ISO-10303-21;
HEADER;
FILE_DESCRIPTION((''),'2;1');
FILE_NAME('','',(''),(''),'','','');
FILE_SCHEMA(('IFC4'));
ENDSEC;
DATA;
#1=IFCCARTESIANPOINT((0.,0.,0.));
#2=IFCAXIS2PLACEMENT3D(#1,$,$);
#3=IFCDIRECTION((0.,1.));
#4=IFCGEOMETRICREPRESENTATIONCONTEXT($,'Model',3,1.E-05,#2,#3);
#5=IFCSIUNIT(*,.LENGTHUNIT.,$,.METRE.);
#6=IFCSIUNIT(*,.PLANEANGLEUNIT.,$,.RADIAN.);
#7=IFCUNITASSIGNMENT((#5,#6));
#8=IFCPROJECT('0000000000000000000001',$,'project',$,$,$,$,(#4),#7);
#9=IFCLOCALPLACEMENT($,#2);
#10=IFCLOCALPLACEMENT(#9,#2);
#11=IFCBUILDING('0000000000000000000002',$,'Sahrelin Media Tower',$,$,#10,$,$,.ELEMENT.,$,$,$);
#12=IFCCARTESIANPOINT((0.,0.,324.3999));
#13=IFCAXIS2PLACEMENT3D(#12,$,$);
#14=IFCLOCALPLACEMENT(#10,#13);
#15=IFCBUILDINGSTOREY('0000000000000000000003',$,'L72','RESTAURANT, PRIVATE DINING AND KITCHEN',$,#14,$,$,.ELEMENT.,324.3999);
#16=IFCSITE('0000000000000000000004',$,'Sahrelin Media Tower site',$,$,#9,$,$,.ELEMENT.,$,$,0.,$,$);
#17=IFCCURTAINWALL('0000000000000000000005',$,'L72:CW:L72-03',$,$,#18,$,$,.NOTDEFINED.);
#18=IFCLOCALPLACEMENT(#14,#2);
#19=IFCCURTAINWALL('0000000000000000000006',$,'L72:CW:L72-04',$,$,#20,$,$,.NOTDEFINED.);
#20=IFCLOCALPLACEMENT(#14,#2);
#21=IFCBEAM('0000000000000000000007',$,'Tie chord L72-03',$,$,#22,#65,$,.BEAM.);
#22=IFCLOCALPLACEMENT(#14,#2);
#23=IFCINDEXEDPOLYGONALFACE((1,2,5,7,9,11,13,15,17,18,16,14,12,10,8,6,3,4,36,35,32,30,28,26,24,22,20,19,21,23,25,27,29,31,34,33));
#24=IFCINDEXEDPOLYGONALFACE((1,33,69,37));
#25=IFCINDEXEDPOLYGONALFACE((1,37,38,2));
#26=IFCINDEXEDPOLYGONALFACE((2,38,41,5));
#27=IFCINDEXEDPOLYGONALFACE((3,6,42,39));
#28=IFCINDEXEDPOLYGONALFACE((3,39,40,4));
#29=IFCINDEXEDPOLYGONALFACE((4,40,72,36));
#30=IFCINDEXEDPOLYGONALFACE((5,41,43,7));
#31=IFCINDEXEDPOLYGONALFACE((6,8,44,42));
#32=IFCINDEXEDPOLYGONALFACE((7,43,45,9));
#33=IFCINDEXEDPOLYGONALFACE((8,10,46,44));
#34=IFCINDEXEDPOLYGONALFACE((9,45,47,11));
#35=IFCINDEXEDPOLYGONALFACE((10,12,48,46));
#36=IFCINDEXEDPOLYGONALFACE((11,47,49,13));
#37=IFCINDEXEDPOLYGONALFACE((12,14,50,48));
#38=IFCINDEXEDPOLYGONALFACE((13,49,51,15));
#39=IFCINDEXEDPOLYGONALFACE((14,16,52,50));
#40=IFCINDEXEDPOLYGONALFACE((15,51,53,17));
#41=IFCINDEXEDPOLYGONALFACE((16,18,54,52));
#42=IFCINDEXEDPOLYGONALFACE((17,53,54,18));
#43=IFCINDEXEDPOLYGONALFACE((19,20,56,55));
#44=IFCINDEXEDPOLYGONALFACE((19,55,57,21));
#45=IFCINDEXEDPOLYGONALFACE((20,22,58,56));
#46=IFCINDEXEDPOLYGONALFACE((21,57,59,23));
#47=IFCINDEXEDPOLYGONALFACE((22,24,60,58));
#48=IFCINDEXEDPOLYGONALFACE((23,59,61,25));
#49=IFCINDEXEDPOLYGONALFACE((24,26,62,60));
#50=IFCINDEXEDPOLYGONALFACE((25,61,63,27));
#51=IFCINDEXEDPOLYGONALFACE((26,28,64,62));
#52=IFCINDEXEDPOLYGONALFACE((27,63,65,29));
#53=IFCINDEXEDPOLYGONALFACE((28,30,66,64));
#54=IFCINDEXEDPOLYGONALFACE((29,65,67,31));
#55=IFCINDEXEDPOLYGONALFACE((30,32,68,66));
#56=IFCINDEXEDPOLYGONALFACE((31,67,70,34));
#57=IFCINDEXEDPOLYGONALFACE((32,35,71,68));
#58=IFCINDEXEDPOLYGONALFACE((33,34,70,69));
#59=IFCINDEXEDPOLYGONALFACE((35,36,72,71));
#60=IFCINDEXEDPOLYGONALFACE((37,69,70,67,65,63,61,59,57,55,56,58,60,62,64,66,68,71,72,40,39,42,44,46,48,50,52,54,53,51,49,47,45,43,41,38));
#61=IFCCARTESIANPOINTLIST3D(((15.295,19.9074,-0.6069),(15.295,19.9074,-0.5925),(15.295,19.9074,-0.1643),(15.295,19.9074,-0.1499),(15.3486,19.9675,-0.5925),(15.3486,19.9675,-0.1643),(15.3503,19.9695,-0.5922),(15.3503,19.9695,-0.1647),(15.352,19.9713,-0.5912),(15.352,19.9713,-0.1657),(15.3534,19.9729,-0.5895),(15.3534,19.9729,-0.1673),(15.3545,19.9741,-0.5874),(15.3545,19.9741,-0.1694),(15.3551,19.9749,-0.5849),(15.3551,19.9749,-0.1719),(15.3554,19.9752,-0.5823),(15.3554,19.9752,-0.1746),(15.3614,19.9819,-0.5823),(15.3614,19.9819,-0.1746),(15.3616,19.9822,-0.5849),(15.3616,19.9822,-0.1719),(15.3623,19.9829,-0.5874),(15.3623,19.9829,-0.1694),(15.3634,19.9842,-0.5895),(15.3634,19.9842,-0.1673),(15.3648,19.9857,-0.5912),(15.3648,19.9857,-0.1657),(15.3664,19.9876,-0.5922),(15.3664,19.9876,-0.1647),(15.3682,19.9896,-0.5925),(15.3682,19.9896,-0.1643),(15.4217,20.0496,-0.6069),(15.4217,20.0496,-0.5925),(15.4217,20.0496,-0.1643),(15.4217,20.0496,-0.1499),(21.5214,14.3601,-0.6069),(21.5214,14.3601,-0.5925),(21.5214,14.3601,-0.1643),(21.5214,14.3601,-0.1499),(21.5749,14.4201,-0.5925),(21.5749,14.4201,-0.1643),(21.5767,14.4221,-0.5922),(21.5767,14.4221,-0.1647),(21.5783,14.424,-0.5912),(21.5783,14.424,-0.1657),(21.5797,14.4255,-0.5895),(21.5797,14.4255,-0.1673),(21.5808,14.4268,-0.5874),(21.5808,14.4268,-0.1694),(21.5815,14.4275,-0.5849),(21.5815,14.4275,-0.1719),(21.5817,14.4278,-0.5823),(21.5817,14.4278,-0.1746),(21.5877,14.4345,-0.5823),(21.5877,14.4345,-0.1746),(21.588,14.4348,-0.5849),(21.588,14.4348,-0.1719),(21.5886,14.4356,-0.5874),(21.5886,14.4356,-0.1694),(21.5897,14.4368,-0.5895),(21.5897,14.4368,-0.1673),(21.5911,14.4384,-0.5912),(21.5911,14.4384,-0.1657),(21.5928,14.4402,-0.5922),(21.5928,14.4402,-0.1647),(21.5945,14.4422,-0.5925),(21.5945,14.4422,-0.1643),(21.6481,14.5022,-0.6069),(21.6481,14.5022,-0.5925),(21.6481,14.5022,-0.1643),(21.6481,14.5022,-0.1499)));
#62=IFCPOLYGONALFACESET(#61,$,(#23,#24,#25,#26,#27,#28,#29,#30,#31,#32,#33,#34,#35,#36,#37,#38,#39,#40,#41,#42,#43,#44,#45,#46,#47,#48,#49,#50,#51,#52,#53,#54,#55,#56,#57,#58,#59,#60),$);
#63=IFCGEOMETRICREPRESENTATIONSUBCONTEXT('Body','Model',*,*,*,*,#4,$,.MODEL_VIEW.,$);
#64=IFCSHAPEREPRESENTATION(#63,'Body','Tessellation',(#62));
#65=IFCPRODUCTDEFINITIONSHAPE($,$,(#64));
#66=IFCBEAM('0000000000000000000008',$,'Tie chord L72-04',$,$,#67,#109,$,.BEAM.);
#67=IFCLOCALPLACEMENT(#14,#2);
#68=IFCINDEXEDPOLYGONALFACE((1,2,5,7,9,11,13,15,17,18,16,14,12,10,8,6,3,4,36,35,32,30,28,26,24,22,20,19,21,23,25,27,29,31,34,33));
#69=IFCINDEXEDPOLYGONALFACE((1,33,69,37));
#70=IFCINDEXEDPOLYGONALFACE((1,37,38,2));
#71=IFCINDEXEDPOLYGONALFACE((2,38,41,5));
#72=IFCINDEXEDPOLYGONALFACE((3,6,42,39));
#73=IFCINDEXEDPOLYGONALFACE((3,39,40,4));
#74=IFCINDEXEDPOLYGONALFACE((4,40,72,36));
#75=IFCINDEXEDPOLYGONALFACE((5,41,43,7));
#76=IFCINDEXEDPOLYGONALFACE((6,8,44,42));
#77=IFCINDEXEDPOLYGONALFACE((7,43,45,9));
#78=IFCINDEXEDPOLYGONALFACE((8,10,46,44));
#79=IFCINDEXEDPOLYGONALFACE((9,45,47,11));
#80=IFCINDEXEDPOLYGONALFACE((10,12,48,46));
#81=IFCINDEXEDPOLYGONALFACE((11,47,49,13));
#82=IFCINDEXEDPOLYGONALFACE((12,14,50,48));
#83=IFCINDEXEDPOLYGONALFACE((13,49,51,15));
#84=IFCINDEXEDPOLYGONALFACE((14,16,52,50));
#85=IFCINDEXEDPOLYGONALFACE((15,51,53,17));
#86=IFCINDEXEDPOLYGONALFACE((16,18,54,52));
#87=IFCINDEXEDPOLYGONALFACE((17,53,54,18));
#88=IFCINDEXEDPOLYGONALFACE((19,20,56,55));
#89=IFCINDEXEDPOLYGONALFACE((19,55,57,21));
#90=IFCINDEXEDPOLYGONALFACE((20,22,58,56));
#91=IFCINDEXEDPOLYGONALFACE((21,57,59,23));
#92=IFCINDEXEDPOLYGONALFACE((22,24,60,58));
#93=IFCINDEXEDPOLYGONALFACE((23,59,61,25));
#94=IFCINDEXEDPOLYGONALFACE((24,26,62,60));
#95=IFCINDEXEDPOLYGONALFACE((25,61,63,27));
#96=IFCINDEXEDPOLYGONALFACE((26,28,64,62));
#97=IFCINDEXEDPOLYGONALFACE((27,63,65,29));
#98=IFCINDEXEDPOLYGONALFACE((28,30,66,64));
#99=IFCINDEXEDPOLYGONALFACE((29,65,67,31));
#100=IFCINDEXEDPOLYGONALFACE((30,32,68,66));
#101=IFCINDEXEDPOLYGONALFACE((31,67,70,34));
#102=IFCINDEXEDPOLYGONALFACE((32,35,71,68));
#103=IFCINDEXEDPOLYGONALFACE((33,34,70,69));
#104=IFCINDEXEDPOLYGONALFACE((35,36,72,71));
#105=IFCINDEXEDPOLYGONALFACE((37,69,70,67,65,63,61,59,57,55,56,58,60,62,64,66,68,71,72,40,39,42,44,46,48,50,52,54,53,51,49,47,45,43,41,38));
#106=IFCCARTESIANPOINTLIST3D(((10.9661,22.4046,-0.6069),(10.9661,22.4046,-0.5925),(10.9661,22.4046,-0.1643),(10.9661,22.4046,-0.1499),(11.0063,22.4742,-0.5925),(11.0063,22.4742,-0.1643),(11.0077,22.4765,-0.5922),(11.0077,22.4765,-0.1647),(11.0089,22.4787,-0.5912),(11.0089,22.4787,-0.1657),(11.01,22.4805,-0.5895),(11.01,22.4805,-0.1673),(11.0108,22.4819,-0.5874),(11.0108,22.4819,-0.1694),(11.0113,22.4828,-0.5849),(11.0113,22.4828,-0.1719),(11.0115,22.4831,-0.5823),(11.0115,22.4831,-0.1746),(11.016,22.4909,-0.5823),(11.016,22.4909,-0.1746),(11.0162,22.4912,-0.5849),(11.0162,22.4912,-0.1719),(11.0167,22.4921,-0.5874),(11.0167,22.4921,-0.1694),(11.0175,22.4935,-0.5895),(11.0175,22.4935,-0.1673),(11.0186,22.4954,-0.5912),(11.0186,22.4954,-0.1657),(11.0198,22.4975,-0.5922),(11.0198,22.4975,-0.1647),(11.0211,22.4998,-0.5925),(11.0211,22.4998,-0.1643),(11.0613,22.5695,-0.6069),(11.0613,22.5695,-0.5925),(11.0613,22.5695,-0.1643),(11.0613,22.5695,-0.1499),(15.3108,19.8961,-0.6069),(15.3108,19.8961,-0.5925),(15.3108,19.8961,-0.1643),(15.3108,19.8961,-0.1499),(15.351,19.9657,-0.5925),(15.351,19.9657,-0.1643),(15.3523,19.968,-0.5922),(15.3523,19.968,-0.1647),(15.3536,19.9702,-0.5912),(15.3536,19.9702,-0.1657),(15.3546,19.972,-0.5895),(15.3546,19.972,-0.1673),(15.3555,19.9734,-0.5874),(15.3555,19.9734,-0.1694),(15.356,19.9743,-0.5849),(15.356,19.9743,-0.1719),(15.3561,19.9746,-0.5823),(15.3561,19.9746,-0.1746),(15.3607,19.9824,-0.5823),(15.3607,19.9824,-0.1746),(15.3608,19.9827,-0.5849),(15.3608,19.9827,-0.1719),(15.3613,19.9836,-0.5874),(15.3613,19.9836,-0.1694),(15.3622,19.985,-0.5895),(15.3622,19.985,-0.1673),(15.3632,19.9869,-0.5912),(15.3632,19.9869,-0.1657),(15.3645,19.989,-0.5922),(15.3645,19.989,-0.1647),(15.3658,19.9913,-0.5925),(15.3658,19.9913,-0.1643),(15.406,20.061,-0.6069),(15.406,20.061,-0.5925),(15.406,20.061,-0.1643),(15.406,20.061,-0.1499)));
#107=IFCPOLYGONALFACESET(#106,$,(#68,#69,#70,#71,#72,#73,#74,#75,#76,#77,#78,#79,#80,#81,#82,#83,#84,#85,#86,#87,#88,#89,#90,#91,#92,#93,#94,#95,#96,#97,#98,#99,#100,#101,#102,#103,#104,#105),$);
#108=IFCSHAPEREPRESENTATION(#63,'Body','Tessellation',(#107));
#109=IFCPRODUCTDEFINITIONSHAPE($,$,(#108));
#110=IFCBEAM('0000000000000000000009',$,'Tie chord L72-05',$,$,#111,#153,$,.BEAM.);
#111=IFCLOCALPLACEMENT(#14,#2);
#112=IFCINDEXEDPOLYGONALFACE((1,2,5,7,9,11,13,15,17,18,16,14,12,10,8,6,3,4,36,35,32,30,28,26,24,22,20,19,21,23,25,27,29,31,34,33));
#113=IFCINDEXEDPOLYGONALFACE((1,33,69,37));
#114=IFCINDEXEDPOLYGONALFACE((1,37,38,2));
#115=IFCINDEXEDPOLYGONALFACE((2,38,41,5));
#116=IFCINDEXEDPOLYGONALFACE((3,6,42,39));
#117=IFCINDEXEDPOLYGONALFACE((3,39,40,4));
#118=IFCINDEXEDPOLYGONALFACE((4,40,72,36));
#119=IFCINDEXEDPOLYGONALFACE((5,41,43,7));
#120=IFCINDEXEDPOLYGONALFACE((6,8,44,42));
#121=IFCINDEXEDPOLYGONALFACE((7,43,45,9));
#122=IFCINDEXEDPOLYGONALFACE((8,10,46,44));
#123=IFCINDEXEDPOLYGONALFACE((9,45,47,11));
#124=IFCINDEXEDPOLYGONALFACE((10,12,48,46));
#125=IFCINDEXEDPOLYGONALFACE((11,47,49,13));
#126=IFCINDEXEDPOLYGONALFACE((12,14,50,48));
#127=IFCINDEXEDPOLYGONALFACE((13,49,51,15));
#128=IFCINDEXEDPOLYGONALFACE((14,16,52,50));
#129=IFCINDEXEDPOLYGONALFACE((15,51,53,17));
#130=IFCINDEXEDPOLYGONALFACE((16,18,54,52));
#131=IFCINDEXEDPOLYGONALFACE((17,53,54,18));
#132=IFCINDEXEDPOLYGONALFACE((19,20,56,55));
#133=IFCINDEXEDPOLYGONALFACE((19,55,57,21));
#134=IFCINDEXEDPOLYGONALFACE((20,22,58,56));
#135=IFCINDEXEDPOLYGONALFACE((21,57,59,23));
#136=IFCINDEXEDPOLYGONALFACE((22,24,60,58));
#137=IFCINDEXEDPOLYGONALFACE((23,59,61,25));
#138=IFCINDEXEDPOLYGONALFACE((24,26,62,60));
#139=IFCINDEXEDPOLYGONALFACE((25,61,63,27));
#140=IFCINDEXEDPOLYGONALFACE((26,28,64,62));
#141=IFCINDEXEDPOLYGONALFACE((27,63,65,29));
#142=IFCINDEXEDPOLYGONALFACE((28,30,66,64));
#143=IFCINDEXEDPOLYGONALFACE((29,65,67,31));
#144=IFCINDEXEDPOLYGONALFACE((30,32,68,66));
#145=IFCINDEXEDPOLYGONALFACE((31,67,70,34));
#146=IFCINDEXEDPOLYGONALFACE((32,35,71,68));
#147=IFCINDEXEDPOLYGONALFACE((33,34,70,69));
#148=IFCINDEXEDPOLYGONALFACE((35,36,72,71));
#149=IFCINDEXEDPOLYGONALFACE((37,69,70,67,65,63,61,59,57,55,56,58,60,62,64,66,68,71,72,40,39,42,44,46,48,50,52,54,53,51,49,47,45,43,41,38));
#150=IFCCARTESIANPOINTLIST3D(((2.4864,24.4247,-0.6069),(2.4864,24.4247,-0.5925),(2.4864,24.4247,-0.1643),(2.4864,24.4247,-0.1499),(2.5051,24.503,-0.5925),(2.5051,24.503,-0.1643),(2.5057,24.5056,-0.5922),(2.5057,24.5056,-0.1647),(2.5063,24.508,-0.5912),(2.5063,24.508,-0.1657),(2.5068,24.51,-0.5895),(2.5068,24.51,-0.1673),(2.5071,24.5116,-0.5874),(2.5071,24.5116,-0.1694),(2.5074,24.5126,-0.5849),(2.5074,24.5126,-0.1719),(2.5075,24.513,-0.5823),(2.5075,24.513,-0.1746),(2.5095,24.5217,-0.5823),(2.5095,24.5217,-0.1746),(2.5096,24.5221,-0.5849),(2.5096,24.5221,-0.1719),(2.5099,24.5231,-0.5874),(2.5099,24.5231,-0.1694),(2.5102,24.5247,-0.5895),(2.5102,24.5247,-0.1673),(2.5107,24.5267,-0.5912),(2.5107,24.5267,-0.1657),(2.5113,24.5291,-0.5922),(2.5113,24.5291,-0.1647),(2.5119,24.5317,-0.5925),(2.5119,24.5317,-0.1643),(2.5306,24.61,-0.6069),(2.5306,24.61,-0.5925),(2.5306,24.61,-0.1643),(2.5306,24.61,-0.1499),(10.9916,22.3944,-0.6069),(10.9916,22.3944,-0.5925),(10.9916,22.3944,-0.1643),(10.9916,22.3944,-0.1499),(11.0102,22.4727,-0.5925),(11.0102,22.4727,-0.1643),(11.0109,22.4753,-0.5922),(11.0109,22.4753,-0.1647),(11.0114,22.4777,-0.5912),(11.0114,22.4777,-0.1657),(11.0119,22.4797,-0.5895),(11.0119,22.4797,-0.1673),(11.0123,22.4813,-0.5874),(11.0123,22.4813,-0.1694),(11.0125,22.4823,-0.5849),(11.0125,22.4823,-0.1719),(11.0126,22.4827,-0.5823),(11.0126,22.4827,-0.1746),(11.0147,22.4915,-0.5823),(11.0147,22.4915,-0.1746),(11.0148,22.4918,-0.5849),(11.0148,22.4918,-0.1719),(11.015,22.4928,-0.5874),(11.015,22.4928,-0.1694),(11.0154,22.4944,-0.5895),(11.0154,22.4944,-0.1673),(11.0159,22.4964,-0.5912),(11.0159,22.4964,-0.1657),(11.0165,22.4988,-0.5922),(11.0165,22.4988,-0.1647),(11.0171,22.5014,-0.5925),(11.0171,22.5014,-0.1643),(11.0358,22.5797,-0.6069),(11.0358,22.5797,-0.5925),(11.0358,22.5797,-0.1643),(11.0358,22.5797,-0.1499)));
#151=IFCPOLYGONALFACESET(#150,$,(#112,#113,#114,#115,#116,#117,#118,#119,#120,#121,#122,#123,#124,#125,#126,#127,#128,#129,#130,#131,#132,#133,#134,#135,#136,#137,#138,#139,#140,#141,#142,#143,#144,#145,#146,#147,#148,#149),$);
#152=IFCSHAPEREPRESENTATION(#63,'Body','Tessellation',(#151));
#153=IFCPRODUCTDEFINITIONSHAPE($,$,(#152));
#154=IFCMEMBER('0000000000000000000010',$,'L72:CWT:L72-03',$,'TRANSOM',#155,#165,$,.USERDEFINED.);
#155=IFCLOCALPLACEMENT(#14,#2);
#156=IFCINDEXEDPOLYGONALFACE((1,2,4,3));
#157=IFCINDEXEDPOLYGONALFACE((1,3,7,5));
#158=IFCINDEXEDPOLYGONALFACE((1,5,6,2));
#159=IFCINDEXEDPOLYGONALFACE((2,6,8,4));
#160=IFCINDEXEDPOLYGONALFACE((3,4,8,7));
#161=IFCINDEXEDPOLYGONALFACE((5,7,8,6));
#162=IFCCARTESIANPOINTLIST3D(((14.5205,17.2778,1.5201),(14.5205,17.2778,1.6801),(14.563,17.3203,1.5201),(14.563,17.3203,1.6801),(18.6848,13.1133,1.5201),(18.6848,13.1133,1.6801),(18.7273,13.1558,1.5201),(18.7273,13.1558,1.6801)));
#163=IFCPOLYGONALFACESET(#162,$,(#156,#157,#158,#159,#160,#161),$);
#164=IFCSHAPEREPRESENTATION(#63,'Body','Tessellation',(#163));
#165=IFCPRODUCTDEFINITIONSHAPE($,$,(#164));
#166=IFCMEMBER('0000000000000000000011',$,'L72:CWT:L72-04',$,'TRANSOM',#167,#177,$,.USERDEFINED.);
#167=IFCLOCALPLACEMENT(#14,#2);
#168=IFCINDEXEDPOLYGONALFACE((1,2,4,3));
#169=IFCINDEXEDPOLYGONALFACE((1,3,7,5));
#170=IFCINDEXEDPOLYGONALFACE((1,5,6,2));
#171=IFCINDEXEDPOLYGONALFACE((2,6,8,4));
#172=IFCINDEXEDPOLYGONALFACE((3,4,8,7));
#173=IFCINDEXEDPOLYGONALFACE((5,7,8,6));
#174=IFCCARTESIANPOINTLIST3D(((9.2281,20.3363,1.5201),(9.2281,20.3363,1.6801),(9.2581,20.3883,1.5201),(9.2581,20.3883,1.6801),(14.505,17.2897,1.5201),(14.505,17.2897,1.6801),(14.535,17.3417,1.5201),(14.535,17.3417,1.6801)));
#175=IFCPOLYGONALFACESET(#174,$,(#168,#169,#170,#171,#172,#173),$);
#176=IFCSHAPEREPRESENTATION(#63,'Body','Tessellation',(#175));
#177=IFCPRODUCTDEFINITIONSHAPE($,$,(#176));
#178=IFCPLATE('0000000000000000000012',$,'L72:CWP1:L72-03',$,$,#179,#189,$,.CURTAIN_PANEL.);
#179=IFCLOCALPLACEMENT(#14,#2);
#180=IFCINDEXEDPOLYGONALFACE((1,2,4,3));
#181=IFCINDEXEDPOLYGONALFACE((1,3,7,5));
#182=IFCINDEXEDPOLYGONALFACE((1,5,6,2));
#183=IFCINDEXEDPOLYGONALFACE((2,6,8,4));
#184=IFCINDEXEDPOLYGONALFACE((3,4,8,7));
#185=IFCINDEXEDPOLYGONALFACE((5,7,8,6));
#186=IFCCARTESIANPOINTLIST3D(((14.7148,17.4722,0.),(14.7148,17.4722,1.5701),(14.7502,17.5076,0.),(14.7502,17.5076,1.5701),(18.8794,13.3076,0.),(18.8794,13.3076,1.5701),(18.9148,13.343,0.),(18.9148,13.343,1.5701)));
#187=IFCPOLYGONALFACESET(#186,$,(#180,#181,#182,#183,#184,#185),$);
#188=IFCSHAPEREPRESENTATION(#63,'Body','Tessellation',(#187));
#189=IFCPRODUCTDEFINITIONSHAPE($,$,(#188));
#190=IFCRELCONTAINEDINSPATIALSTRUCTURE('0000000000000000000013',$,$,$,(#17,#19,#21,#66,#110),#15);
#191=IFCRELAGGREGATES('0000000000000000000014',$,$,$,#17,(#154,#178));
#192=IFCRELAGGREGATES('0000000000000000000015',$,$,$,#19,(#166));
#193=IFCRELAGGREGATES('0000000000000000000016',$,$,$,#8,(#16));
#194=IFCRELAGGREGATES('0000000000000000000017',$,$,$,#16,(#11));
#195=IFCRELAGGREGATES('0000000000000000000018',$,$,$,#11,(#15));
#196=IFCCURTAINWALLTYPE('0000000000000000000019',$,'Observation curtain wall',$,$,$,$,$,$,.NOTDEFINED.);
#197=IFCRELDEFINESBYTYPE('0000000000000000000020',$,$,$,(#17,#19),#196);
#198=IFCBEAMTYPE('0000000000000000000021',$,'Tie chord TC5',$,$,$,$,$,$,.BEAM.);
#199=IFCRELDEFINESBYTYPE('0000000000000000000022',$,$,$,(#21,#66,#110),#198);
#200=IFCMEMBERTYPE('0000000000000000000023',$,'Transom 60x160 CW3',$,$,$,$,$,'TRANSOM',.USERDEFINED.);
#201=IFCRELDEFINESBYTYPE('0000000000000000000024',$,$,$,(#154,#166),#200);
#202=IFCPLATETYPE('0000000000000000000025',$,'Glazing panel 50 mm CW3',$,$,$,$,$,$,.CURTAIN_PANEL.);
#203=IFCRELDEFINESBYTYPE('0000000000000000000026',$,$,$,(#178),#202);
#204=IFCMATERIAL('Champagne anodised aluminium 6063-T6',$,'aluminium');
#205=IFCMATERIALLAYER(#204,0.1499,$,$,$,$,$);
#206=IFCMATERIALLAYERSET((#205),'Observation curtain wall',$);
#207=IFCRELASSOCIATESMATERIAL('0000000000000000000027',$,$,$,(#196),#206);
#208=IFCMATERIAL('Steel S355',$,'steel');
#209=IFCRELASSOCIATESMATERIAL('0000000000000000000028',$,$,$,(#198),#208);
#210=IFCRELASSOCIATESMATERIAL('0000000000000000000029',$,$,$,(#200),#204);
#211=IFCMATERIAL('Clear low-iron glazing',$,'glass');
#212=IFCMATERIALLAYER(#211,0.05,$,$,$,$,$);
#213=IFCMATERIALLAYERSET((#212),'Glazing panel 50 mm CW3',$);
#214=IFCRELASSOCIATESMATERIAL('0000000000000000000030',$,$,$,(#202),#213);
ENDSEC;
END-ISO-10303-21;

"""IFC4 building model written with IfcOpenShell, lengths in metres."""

from ifc_helpers import new_model, si_unit, direction, frame, origin, origin_2d, place, context, subcontext, project, spatial, polyline, rectangle, i_section, outline, extrude, material, layer, layer_set, material_profile, profile_set, type_object, element, aggregate, save


model = new_model("IFC4")

# Units and contexts
model_context = context("Model", 3, precision=1e-05, world=origin(), true_north=direction((0.0, 1.0)))
body_context = subcontext(model_context, "Body", "Model", "MODEL_VIEW")
ifc_project = project(units=[si_unit("LENGTHUNIT", "METRE"), si_unit("PLANEANGLEUNIT", "RADIAN")], contexts=[model_context])

# Site, building, storey
site_placement = place(None, origin())
site = spatial("IfcSite", under=ifc_project, at=site_placement, Name="Sahrelin Media Tower site", CompositionType="ELEMENT", RefElevation=0.0)
building_placement = place(site_placement, origin())
building = spatial("IfcBuilding", under=site, at=building_placement, Name="Sahrelin Media Tower", CompositionType="ELEMENT")
storey_placement = place(building_placement, frame((0.0, 0.0, 324.3999)))
storey = spatial("IfcBuildingStorey", under=building, at=storey_placement, Name="L72", Description="RESTAURANT, PRIVATE DINING AND KITCHEN", CompositionType="ELEMENT", Elevation=324.3999)

# Shared definitions
ifc_material_1 = material(Name="Steel S355", Category="steel")

# Curtain walls
ifc_material_2 = material(Name="Champagne anodised aluminium 6063-T6", Category="aluminium")
ifc_layer_1 = layer(ifc_material_2, 0.1499)
ifc_layer_set_1 = layer_set([ifc_layer_1], Name="Observation curtain wall")
curtain_wall_type = type_object("IfcCurtainWallType", Name="Observation curtain wall", PredefinedType="NOTDEFINED", material=ifc_layer_set_1)
curtain_wall_1_placement = place(storey_placement, frame((16.8184, 15.4111, 0.0), z_axis=(0.0, 0.0, 1.0), x_axis=(1.0, 0.0, 0.0)))
curtain_wall_1 = element("IfcCurtainWall", 1, at=curtain_wall_1_placement, inside=storey, type_object=curtain_wall_type, Name="L72:CW:L72-03", PredefinedType="NOTDEFINED")
curtain_wall_2_placement = place(storey_placement, frame((12.019, 19.0771, 0.0), z_axis=(0.0, 0.0, 1.0), x_axis=(1.0, 0.0, 0.0)))
curtain_wall_2 = element("IfcCurtainWall", 2, at=curtain_wall_2_placement, inside=storey, type_object=curtain_wall_type, Name="L72:CW:L72-04", PredefinedType="NOTDEFINED")

# Beams
ifc_material_profile_1 = material_profile(ifc_material_1, i_section(OverallWidth=0.1904, OverallDepth=0.457, WebThickness=0.009, FlangeThickness=0.0144, FilletRadius=0.0103, at=origin_2d()), Name="UB 457x191x74")
ifc_profile_set_1 = profile_set([ifc_material_profile_1], Name="Steel S355")
beam_type_1 = type_object("IfcBeamType", Name="Tie chord TC5", PredefinedType="BEAM", material=ifc_profile_set_1)
beam_1_placement = place(storey_placement, frame((21.5847, 14.4312, -0.3784), z_axis=(-0.746643, 0.665225, 0.0), x_axis=(-0.665225, -0.746643, 0.0)))
element("IfcBeam", 3, at=beam_1_placement, inside=storey, type_object=beam_type_1, Name="Tie chord L72-03", PredefinedType="BEAM", context=body_context, shape_type="SweptSolid", body=[
    extrude(i_section(OverallWidth=0.1904, OverallDepth=0.457, WebThickness=0.009, FlangeThickness=0.0144, FilletRadius=0.0103, at=origin_2d()), origin(), (0.0, 0.0, 1.0), 8.3391),
])
beam_2_placement = place(storey_placement, frame((15.3584, 19.9785, -0.3784), z_axis=(-0.866015, 0.500017, 0.0), x_axis=(-0.500017, -0.866015, 0.0)))
element("IfcBeam", 4, at=beam_2_placement, inside=storey, type_object=beam_type_1, Name="Tie chord L72-04", PredefinedType="BEAM", context=body_context, shape_type="SweptSolid", body=[
    extrude(i_section(OverallWidth=0.1904, OverallDepth=0.457, WebThickness=0.009, FlangeThickness=0.0144, FilletRadius=0.0103, at=origin_2d()), origin(), (0.0, 0.0, 1.0), 5.0168),
])
beam_3_placement = place(storey_placement, frame((11.0137, 22.4871, -0.3784), z_axis=(-0.972671, 0.232188, 0.0), x_axis=(-0.232188, -0.972671, 0.0)))
element("IfcBeam", 5, at=beam_3_placement, inside=storey, type_object=beam_type_1, Name="Tie chord L72-05", PredefinedType="BEAM", context=body_context, shape_type="SweptSolid", body=[
    extrude(i_section(OverallWidth=0.1904, OverallDepth=0.457, WebThickness=0.009, FlangeThickness=0.0144, FilletRadius=0.0103, at=origin_2d()), origin(), (0.0, 0.0, 1.0), 8.7441),
])

# Members
ifc_material_profile_2 = material_profile(ifc_material_2, rectangle(XDim=0.0601, YDim=0.1599, at=origin_2d()), Name="Transom 60x160")
ifc_profile_set_2 = profile_set([ifc_material_profile_2], Name="Champagne anodised aluminium 6063-T6")
member_type_1 = type_object("IfcMemberType", Name="Transom 60x160 CW3", ElementType="TRANSOM", PredefinedType="USERDEFINED", material=ifc_profile_set_2)
member_1_placement = place(storey_placement, frame((18.7061, 13.1345, 1.6001), z_axis=(-0.707086, 0.707128, 0.0), x_axis=(-0.707128, -0.707086, 0.0)))
member_1 = element("IfcMember", 6, at=member_1_placement, type_object=member_type_1, Name="L72:CWT:L72-03", ObjectType="TRANSOM", PredefinedType="USERDEFINED", context=body_context, shape_type="SweptSolid", body=[
    extrude(rectangle(XDim=0.0601, YDim=0.1599, at=origin_2d()), origin(), (0.0, 0.0, 1.0), 5.8894),
])
member_2_placement = place(storey_placement, frame((14.52, 17.3157, 1.6001), z_axis=(-0.866023, 0.500005, 0.0), x_axis=(-0.500005, -0.866023, 0.0)))
member_2 = element("IfcMember", 7, at=member_2_placement, type_object=member_type_1, Name="L72:CWT:L72-04", ObjectType="TRANSOM", PredefinedType="USERDEFINED", context=body_context, shape_type="SweptSolid", body=[
    extrude(rectangle(XDim=0.0601, YDim=0.1599, at=origin_2d()), origin(), (0.0, 0.0, 1.0), 6.0933),
])

# Plate
ifc_material_3 = material(Name="Clear low-iron glazing", Category="glass")
ifc_layer_2 = layer(ifc_material_3, 0.05)
ifc_layer_set_2 = layer_set([ifc_layer_2], Name="Glazing panel 50 mm CW3")
plate_type = type_object("IfcPlateType", Name="Glazing panel 50 mm CW3", PredefinedType="CURTAIN_PANEL", material=ifc_layer_set_2)
plate_1_placement = place(storey_placement, frame((18.9148, 13.343, 0.0), z_axis=(0.707107, 0.707107, 0.0), x_axis=(-0.707107, 0.707107, 0.0)))
plate_1 = element("IfcPlate", 8, at=plate_1_placement, type_object=plate_type, Name="L72:CWP1:L72-03", PredefinedType="CURTAIN_PANEL", context=body_context, shape_type="SweptSolid", body=[
    extrude(outline(polyline([(0.0, 0.0), (5.8896, 0.0), (5.8896, 1.5701), (0.0, 1.5701), (0.0, 0.0)])), origin(), (0.0, 0.0, -1.0), 0.05),
])
aggregate(curtain_wall_1, [member_1, plate_1])
aggregate(curtain_wall_2, [member_2])

save(model, "model.ifc")
